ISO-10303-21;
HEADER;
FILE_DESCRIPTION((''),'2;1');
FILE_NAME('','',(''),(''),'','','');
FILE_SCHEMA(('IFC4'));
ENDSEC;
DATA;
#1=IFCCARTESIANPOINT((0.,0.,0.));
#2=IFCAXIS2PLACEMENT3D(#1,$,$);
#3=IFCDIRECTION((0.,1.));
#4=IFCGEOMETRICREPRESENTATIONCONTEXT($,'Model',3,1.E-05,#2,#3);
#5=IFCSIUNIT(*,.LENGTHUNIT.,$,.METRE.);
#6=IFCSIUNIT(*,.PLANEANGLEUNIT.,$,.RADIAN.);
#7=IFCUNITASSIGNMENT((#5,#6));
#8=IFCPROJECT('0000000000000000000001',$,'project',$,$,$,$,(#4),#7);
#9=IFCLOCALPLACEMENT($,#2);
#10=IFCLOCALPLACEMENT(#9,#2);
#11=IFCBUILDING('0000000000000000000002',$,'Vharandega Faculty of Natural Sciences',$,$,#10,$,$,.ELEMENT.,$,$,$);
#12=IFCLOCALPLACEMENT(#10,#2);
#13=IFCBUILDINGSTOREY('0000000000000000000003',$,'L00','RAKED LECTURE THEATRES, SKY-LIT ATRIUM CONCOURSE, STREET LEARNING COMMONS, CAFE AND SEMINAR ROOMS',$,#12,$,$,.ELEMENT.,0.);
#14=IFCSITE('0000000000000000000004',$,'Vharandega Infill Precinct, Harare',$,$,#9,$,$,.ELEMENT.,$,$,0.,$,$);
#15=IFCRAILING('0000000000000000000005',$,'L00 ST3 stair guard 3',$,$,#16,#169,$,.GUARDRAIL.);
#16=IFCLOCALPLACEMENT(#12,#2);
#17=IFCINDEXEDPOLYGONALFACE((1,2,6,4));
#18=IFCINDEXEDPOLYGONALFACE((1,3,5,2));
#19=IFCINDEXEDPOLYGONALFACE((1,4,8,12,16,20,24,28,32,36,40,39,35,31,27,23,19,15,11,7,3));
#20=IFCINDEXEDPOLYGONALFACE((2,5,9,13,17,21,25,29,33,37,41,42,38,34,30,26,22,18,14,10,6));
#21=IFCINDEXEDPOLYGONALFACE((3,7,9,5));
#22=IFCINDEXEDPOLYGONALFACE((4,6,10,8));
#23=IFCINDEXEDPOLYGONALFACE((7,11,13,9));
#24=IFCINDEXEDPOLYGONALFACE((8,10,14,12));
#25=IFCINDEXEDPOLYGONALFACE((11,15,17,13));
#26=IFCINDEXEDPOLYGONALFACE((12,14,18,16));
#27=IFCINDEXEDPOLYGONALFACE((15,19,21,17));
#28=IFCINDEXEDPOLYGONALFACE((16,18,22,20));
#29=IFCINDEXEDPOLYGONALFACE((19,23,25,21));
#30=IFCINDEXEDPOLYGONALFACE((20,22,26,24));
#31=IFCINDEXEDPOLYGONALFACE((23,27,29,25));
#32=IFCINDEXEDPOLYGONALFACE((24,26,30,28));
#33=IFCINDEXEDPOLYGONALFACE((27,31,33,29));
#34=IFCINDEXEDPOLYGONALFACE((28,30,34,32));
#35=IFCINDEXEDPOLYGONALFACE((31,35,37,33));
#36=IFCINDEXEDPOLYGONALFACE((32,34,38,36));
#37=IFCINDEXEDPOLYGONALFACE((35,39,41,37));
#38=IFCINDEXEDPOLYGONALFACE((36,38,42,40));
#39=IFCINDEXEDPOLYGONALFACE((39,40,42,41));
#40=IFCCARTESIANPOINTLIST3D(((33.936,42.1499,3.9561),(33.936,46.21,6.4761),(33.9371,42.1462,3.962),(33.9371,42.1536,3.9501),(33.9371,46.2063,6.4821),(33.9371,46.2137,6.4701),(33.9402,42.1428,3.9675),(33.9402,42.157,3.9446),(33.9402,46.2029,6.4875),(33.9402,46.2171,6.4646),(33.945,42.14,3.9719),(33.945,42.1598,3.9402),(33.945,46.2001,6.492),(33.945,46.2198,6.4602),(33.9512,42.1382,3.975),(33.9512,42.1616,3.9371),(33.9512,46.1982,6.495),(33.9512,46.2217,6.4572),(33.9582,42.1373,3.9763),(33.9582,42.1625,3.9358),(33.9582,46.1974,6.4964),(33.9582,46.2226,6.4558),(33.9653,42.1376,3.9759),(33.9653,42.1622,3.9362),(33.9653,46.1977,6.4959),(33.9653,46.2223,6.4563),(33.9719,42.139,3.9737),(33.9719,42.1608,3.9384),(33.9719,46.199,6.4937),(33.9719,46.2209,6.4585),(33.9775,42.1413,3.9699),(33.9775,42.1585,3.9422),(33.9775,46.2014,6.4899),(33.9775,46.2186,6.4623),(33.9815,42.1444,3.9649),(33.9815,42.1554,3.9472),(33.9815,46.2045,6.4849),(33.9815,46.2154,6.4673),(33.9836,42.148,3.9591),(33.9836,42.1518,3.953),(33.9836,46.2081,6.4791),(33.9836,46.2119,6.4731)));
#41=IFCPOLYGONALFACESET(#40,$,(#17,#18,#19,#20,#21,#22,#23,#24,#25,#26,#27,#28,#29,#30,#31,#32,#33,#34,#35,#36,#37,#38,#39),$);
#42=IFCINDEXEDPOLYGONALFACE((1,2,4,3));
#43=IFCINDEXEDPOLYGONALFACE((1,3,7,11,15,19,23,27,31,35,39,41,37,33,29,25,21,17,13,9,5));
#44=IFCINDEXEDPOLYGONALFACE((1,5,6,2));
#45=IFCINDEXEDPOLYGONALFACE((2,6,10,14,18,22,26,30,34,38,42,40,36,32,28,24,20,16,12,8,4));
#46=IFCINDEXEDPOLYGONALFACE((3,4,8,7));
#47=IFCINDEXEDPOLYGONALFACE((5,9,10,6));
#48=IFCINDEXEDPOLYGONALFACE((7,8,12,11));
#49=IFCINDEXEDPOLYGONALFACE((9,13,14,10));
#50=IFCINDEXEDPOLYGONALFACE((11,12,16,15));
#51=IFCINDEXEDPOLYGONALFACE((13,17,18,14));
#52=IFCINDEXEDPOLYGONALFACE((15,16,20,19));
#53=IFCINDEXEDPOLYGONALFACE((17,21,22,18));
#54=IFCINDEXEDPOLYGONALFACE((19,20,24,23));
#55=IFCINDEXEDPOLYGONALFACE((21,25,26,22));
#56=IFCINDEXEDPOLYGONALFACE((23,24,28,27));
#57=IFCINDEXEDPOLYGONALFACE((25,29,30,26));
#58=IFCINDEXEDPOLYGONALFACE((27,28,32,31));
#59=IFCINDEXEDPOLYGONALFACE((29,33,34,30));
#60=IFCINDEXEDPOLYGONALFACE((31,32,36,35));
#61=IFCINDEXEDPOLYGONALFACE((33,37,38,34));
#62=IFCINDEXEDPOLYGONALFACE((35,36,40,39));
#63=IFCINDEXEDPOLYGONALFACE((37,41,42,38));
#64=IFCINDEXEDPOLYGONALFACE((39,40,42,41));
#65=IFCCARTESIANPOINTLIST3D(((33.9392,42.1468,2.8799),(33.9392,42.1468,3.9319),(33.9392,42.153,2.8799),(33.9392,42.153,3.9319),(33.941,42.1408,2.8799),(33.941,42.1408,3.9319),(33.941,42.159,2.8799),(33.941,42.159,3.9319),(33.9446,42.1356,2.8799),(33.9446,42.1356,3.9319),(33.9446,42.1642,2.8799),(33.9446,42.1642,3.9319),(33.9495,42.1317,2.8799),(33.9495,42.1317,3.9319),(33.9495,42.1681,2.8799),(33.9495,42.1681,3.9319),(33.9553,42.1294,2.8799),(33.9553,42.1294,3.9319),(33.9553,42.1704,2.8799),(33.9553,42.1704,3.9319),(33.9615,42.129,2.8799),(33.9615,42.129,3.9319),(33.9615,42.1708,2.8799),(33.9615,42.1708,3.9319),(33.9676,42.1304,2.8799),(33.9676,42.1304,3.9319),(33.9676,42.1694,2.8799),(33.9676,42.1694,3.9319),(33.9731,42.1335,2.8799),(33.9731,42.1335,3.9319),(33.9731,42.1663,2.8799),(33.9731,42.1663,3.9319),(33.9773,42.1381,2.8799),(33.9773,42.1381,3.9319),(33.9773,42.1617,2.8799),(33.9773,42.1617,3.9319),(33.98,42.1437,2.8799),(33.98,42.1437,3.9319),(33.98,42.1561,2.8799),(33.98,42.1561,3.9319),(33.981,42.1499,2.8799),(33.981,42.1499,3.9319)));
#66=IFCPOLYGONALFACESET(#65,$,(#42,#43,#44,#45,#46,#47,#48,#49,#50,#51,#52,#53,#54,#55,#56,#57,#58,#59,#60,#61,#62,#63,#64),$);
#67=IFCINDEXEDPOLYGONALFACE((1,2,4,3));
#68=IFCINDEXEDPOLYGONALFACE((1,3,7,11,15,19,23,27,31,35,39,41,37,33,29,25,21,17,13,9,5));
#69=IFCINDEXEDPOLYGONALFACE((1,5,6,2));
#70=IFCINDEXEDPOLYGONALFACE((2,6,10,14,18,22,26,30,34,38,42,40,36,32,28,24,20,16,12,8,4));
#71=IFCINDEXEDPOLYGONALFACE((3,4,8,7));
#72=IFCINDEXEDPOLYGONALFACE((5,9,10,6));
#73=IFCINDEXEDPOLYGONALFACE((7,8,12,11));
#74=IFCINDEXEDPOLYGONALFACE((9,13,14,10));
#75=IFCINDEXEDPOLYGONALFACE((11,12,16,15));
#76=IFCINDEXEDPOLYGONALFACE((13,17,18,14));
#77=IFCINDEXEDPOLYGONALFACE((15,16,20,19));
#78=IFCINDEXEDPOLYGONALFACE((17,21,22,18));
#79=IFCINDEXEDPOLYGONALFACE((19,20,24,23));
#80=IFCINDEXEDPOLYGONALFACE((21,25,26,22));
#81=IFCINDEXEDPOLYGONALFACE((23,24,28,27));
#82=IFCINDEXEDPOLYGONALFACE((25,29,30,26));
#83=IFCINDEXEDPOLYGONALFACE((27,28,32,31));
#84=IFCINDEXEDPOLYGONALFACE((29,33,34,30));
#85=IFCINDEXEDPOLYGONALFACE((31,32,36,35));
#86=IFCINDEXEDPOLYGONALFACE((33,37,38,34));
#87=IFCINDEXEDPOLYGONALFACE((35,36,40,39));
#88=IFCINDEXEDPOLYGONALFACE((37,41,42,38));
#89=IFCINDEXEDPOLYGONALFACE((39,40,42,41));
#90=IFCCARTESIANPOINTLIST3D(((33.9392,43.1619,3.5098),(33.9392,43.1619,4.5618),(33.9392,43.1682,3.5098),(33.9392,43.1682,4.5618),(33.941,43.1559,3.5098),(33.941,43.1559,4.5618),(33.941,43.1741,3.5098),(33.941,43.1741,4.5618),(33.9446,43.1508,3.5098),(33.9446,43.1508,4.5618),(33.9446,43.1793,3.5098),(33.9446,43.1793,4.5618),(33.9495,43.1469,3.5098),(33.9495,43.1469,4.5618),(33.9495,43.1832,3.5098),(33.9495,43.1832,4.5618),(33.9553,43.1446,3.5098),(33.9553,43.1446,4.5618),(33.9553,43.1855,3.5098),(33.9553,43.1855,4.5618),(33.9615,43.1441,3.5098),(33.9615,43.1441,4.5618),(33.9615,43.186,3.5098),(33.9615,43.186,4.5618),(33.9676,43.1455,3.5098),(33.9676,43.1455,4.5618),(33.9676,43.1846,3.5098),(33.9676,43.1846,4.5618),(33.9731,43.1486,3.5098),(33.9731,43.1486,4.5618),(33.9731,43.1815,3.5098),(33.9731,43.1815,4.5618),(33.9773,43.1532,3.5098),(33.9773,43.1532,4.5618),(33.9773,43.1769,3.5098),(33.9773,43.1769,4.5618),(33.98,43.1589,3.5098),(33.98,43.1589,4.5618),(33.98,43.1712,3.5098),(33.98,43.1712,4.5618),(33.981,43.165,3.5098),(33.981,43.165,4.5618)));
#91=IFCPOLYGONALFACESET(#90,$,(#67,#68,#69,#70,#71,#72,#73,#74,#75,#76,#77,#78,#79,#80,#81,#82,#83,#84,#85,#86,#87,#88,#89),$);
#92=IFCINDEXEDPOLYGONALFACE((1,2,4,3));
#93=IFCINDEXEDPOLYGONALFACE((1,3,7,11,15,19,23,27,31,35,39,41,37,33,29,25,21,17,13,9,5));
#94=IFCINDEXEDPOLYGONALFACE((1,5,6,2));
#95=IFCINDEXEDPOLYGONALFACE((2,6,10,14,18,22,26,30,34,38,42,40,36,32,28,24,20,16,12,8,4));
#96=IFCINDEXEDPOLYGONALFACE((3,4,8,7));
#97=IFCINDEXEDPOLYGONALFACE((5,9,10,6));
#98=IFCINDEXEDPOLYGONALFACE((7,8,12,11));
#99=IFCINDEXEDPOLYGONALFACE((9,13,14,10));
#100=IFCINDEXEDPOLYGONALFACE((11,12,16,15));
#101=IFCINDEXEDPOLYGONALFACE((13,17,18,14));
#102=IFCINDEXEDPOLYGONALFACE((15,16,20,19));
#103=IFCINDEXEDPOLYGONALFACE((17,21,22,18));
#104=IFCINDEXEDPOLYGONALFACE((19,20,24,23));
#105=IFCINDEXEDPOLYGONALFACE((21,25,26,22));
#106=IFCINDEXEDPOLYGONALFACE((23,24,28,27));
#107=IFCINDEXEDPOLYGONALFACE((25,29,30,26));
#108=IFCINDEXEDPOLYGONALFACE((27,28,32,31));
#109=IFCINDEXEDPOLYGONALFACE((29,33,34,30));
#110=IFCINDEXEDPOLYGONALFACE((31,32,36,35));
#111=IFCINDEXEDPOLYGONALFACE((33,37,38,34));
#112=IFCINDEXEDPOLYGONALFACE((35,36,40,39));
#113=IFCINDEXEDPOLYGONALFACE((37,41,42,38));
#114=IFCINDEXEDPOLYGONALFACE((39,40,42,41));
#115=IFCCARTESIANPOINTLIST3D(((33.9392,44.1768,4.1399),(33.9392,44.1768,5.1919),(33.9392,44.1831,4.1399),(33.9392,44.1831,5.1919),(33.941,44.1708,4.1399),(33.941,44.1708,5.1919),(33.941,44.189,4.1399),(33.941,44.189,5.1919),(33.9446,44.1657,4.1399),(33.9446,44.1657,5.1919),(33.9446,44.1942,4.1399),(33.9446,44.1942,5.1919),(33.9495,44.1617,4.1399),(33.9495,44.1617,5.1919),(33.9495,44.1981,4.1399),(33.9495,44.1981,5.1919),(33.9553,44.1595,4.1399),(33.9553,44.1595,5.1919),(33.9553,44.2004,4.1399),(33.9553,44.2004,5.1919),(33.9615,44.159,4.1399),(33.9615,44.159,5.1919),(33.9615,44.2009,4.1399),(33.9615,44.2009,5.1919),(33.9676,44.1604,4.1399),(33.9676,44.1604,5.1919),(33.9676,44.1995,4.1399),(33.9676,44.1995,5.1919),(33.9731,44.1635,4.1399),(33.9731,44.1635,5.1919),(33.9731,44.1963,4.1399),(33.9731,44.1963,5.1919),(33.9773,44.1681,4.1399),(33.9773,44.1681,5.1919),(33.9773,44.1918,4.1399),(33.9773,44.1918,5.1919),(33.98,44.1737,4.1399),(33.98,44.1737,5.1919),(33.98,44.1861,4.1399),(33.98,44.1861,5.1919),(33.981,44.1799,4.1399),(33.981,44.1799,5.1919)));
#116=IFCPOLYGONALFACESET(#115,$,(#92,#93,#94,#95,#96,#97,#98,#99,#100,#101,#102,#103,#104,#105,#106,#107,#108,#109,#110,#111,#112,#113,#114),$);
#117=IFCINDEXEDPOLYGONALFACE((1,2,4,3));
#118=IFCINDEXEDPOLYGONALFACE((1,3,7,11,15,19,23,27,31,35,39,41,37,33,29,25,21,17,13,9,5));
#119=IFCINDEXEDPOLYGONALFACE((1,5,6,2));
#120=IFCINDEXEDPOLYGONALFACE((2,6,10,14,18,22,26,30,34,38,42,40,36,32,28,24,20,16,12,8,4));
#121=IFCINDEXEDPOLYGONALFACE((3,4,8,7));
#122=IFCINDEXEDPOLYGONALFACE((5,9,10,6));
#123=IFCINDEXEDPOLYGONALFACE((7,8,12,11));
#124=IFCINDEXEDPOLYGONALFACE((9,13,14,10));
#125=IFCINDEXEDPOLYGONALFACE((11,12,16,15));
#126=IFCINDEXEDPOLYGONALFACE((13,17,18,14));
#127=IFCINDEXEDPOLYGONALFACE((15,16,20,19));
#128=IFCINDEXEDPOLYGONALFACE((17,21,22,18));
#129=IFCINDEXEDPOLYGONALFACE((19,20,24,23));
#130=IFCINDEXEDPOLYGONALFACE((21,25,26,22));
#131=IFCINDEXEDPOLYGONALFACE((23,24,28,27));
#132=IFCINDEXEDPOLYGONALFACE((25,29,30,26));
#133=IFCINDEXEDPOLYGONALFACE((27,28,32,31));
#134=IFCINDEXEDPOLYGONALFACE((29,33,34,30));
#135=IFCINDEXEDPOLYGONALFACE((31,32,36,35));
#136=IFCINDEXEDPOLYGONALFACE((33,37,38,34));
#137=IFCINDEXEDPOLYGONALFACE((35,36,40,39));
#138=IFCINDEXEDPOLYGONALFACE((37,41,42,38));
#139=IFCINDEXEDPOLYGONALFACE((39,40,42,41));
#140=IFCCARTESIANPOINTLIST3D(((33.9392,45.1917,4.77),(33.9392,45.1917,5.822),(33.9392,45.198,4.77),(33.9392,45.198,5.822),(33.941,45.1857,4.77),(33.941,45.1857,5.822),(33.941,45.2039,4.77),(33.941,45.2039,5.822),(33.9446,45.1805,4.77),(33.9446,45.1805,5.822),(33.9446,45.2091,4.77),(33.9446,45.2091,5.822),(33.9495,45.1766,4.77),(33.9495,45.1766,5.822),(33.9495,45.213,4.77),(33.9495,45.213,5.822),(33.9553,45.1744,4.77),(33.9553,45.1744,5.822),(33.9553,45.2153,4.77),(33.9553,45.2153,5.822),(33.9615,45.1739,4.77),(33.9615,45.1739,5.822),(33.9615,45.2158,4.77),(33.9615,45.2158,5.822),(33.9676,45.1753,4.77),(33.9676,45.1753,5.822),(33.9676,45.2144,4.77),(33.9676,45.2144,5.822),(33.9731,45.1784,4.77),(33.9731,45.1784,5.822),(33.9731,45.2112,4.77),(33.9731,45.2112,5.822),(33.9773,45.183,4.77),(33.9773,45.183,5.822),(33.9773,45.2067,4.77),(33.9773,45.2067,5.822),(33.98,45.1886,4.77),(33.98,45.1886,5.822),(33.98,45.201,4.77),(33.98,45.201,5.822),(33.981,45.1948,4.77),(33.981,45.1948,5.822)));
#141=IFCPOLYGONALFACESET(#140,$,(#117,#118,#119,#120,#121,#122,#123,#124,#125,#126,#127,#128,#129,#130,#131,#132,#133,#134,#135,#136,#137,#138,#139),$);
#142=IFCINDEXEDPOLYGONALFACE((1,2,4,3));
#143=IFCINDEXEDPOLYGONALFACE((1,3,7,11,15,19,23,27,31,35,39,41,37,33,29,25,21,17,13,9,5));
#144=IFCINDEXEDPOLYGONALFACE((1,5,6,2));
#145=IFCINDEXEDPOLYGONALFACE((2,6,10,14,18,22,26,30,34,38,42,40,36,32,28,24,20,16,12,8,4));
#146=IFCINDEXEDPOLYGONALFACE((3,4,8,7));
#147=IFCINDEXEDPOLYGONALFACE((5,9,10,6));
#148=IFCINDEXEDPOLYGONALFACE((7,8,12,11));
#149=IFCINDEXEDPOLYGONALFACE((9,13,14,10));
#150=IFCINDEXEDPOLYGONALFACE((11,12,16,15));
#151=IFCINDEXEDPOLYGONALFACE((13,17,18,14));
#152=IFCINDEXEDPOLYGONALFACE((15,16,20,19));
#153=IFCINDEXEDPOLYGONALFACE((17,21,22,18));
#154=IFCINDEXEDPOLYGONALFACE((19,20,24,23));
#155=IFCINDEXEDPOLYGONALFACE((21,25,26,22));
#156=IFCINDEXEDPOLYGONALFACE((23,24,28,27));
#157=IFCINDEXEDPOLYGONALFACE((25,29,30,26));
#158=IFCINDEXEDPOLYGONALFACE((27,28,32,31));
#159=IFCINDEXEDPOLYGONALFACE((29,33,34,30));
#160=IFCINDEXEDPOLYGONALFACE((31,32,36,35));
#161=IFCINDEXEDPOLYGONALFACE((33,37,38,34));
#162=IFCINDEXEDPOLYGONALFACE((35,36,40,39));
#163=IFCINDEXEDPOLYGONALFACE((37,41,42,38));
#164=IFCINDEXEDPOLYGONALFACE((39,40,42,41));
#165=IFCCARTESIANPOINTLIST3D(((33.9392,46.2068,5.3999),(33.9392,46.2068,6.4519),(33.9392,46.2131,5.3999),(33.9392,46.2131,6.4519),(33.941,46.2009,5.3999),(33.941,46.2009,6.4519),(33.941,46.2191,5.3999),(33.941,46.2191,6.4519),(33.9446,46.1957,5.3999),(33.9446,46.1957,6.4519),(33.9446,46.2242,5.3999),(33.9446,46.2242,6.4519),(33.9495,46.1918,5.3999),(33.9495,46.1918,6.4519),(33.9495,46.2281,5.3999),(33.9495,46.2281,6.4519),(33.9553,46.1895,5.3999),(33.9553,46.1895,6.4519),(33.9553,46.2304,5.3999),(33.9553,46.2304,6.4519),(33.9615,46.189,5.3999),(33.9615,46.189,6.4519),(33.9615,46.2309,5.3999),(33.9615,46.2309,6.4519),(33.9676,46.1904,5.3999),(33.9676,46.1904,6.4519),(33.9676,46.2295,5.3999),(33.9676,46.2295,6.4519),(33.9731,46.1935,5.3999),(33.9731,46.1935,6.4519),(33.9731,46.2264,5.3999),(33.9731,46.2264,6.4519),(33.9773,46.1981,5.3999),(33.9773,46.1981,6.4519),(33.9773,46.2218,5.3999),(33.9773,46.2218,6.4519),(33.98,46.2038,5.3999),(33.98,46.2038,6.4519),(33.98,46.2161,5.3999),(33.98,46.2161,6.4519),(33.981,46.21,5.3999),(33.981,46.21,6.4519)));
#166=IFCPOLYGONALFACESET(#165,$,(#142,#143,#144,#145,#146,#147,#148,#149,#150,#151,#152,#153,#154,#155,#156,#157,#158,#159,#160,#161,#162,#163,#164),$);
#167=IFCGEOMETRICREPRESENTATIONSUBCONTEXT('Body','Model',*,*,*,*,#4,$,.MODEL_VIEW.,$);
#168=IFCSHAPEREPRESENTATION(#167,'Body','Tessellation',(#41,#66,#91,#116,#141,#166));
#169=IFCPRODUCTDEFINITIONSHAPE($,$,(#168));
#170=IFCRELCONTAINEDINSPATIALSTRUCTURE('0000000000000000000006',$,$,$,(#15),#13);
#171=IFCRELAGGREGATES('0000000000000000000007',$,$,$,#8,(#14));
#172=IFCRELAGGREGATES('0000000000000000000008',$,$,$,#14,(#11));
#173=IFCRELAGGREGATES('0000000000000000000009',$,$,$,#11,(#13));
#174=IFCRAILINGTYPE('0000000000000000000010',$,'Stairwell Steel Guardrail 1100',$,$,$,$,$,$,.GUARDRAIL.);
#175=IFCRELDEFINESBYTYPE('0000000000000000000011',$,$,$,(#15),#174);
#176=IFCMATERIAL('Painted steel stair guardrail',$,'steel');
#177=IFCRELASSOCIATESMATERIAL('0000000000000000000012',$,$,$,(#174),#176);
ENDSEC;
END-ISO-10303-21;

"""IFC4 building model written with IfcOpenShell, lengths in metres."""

from ifc_helpers import new_model, si_unit, direction, frame, origin, origin_2d, place, context, subcontext, project, spatial, circle, extrude, material, type_object, element, save


model = new_model("IFC4")

# Units and contexts
model_context = context("Model", 3, precision=1e-05, world=origin(), true_north=direction((0.0, 1.0)))
body_context = subcontext(model_context, "Body", "Model", "MODEL_VIEW")
ifc_project = project(units=[si_unit("LENGTHUNIT", "METRE"), si_unit("PLANEANGLEUNIT", "RADIAN")], contexts=[model_context])

# Site, building, storey
site_placement = place(None, origin())
site = spatial("IfcSite", under=ifc_project, at=site_placement, Name="Vharandega Infill Precinct, Harare", CompositionType="ELEMENT", RefElevation=0.0)
building_placement = place(site_placement, origin())
building = spatial("IfcBuilding", under=site, at=building_placement, Name="Vharandega Faculty of Natural Sciences", CompositionType="ELEMENT")
storey_placement = place(building_placement, origin())
storey = spatial("IfcBuildingStorey", under=building, at=storey_placement, Name="L00", Description="RAKED LECTURE THEATRES, SKY-LIT ATRIUM CONCOURSE, STREET LEARNING COMMONS, CAFE AND SEMINAR ROOMS", CompositionType="ELEMENT", Elevation=0.0)

# Railing
ifc_material_1 = material(Name="Painted steel stair guardrail", Category="steel")
railing_type_1 = type_object("IfcRailingType", Name="Stairwell Steel Guardrail 1100", PredefinedType="GUARDRAIL", material=ifc_material_1)
railing_1_placement = place(storey_placement, frame((33.96, 42.1499, 2.8799)))
element("IfcRailing", 1, at=railing_1_placement, inside=storey, type_object=railing_type_1, Name="L00 ST3 stair guard 3", PredefinedType="GUARDRAIL", context=body_context, shape_type="SweptSolid", body=[
    extrude(circle(Radius=0.0239, at=origin_2d()), frame((0.0, 0.0, 1.0762), z_axis=(0.0, 0.849642, 0.52736), x_axis=(-1.0, 0.0, 0.0)), (0.0, 0.0, 1.0), 4.7786),
    extrude(circle(Radius=0.021, at=origin_2d()), origin(), (0.0, 0.0, 1.0), 1.052),
    extrude(circle(Radius=0.021, at=origin_2d()), frame((0.0, 1.0151, 0.6299)), (0.0, 0.0, 1.0), 1.052),
    extrude(circle(Radius=0.021, at=origin_2d()), frame((0.0, 2.03, 1.26)), (0.0, 0.0, 1.0), 1.052),
    extrude(circle(Radius=0.021, at=origin_2d()), frame((0.0, 3.0449, 1.8901)), (0.0, 0.0, 1.0), 1.052),
    extrude(circle(Radius=0.021, at=origin_2d()), frame((0.0, 4.0601, 2.52)), (0.0, 0.0, 1.0), 1.052),
])

save(model, "model.ifc")
